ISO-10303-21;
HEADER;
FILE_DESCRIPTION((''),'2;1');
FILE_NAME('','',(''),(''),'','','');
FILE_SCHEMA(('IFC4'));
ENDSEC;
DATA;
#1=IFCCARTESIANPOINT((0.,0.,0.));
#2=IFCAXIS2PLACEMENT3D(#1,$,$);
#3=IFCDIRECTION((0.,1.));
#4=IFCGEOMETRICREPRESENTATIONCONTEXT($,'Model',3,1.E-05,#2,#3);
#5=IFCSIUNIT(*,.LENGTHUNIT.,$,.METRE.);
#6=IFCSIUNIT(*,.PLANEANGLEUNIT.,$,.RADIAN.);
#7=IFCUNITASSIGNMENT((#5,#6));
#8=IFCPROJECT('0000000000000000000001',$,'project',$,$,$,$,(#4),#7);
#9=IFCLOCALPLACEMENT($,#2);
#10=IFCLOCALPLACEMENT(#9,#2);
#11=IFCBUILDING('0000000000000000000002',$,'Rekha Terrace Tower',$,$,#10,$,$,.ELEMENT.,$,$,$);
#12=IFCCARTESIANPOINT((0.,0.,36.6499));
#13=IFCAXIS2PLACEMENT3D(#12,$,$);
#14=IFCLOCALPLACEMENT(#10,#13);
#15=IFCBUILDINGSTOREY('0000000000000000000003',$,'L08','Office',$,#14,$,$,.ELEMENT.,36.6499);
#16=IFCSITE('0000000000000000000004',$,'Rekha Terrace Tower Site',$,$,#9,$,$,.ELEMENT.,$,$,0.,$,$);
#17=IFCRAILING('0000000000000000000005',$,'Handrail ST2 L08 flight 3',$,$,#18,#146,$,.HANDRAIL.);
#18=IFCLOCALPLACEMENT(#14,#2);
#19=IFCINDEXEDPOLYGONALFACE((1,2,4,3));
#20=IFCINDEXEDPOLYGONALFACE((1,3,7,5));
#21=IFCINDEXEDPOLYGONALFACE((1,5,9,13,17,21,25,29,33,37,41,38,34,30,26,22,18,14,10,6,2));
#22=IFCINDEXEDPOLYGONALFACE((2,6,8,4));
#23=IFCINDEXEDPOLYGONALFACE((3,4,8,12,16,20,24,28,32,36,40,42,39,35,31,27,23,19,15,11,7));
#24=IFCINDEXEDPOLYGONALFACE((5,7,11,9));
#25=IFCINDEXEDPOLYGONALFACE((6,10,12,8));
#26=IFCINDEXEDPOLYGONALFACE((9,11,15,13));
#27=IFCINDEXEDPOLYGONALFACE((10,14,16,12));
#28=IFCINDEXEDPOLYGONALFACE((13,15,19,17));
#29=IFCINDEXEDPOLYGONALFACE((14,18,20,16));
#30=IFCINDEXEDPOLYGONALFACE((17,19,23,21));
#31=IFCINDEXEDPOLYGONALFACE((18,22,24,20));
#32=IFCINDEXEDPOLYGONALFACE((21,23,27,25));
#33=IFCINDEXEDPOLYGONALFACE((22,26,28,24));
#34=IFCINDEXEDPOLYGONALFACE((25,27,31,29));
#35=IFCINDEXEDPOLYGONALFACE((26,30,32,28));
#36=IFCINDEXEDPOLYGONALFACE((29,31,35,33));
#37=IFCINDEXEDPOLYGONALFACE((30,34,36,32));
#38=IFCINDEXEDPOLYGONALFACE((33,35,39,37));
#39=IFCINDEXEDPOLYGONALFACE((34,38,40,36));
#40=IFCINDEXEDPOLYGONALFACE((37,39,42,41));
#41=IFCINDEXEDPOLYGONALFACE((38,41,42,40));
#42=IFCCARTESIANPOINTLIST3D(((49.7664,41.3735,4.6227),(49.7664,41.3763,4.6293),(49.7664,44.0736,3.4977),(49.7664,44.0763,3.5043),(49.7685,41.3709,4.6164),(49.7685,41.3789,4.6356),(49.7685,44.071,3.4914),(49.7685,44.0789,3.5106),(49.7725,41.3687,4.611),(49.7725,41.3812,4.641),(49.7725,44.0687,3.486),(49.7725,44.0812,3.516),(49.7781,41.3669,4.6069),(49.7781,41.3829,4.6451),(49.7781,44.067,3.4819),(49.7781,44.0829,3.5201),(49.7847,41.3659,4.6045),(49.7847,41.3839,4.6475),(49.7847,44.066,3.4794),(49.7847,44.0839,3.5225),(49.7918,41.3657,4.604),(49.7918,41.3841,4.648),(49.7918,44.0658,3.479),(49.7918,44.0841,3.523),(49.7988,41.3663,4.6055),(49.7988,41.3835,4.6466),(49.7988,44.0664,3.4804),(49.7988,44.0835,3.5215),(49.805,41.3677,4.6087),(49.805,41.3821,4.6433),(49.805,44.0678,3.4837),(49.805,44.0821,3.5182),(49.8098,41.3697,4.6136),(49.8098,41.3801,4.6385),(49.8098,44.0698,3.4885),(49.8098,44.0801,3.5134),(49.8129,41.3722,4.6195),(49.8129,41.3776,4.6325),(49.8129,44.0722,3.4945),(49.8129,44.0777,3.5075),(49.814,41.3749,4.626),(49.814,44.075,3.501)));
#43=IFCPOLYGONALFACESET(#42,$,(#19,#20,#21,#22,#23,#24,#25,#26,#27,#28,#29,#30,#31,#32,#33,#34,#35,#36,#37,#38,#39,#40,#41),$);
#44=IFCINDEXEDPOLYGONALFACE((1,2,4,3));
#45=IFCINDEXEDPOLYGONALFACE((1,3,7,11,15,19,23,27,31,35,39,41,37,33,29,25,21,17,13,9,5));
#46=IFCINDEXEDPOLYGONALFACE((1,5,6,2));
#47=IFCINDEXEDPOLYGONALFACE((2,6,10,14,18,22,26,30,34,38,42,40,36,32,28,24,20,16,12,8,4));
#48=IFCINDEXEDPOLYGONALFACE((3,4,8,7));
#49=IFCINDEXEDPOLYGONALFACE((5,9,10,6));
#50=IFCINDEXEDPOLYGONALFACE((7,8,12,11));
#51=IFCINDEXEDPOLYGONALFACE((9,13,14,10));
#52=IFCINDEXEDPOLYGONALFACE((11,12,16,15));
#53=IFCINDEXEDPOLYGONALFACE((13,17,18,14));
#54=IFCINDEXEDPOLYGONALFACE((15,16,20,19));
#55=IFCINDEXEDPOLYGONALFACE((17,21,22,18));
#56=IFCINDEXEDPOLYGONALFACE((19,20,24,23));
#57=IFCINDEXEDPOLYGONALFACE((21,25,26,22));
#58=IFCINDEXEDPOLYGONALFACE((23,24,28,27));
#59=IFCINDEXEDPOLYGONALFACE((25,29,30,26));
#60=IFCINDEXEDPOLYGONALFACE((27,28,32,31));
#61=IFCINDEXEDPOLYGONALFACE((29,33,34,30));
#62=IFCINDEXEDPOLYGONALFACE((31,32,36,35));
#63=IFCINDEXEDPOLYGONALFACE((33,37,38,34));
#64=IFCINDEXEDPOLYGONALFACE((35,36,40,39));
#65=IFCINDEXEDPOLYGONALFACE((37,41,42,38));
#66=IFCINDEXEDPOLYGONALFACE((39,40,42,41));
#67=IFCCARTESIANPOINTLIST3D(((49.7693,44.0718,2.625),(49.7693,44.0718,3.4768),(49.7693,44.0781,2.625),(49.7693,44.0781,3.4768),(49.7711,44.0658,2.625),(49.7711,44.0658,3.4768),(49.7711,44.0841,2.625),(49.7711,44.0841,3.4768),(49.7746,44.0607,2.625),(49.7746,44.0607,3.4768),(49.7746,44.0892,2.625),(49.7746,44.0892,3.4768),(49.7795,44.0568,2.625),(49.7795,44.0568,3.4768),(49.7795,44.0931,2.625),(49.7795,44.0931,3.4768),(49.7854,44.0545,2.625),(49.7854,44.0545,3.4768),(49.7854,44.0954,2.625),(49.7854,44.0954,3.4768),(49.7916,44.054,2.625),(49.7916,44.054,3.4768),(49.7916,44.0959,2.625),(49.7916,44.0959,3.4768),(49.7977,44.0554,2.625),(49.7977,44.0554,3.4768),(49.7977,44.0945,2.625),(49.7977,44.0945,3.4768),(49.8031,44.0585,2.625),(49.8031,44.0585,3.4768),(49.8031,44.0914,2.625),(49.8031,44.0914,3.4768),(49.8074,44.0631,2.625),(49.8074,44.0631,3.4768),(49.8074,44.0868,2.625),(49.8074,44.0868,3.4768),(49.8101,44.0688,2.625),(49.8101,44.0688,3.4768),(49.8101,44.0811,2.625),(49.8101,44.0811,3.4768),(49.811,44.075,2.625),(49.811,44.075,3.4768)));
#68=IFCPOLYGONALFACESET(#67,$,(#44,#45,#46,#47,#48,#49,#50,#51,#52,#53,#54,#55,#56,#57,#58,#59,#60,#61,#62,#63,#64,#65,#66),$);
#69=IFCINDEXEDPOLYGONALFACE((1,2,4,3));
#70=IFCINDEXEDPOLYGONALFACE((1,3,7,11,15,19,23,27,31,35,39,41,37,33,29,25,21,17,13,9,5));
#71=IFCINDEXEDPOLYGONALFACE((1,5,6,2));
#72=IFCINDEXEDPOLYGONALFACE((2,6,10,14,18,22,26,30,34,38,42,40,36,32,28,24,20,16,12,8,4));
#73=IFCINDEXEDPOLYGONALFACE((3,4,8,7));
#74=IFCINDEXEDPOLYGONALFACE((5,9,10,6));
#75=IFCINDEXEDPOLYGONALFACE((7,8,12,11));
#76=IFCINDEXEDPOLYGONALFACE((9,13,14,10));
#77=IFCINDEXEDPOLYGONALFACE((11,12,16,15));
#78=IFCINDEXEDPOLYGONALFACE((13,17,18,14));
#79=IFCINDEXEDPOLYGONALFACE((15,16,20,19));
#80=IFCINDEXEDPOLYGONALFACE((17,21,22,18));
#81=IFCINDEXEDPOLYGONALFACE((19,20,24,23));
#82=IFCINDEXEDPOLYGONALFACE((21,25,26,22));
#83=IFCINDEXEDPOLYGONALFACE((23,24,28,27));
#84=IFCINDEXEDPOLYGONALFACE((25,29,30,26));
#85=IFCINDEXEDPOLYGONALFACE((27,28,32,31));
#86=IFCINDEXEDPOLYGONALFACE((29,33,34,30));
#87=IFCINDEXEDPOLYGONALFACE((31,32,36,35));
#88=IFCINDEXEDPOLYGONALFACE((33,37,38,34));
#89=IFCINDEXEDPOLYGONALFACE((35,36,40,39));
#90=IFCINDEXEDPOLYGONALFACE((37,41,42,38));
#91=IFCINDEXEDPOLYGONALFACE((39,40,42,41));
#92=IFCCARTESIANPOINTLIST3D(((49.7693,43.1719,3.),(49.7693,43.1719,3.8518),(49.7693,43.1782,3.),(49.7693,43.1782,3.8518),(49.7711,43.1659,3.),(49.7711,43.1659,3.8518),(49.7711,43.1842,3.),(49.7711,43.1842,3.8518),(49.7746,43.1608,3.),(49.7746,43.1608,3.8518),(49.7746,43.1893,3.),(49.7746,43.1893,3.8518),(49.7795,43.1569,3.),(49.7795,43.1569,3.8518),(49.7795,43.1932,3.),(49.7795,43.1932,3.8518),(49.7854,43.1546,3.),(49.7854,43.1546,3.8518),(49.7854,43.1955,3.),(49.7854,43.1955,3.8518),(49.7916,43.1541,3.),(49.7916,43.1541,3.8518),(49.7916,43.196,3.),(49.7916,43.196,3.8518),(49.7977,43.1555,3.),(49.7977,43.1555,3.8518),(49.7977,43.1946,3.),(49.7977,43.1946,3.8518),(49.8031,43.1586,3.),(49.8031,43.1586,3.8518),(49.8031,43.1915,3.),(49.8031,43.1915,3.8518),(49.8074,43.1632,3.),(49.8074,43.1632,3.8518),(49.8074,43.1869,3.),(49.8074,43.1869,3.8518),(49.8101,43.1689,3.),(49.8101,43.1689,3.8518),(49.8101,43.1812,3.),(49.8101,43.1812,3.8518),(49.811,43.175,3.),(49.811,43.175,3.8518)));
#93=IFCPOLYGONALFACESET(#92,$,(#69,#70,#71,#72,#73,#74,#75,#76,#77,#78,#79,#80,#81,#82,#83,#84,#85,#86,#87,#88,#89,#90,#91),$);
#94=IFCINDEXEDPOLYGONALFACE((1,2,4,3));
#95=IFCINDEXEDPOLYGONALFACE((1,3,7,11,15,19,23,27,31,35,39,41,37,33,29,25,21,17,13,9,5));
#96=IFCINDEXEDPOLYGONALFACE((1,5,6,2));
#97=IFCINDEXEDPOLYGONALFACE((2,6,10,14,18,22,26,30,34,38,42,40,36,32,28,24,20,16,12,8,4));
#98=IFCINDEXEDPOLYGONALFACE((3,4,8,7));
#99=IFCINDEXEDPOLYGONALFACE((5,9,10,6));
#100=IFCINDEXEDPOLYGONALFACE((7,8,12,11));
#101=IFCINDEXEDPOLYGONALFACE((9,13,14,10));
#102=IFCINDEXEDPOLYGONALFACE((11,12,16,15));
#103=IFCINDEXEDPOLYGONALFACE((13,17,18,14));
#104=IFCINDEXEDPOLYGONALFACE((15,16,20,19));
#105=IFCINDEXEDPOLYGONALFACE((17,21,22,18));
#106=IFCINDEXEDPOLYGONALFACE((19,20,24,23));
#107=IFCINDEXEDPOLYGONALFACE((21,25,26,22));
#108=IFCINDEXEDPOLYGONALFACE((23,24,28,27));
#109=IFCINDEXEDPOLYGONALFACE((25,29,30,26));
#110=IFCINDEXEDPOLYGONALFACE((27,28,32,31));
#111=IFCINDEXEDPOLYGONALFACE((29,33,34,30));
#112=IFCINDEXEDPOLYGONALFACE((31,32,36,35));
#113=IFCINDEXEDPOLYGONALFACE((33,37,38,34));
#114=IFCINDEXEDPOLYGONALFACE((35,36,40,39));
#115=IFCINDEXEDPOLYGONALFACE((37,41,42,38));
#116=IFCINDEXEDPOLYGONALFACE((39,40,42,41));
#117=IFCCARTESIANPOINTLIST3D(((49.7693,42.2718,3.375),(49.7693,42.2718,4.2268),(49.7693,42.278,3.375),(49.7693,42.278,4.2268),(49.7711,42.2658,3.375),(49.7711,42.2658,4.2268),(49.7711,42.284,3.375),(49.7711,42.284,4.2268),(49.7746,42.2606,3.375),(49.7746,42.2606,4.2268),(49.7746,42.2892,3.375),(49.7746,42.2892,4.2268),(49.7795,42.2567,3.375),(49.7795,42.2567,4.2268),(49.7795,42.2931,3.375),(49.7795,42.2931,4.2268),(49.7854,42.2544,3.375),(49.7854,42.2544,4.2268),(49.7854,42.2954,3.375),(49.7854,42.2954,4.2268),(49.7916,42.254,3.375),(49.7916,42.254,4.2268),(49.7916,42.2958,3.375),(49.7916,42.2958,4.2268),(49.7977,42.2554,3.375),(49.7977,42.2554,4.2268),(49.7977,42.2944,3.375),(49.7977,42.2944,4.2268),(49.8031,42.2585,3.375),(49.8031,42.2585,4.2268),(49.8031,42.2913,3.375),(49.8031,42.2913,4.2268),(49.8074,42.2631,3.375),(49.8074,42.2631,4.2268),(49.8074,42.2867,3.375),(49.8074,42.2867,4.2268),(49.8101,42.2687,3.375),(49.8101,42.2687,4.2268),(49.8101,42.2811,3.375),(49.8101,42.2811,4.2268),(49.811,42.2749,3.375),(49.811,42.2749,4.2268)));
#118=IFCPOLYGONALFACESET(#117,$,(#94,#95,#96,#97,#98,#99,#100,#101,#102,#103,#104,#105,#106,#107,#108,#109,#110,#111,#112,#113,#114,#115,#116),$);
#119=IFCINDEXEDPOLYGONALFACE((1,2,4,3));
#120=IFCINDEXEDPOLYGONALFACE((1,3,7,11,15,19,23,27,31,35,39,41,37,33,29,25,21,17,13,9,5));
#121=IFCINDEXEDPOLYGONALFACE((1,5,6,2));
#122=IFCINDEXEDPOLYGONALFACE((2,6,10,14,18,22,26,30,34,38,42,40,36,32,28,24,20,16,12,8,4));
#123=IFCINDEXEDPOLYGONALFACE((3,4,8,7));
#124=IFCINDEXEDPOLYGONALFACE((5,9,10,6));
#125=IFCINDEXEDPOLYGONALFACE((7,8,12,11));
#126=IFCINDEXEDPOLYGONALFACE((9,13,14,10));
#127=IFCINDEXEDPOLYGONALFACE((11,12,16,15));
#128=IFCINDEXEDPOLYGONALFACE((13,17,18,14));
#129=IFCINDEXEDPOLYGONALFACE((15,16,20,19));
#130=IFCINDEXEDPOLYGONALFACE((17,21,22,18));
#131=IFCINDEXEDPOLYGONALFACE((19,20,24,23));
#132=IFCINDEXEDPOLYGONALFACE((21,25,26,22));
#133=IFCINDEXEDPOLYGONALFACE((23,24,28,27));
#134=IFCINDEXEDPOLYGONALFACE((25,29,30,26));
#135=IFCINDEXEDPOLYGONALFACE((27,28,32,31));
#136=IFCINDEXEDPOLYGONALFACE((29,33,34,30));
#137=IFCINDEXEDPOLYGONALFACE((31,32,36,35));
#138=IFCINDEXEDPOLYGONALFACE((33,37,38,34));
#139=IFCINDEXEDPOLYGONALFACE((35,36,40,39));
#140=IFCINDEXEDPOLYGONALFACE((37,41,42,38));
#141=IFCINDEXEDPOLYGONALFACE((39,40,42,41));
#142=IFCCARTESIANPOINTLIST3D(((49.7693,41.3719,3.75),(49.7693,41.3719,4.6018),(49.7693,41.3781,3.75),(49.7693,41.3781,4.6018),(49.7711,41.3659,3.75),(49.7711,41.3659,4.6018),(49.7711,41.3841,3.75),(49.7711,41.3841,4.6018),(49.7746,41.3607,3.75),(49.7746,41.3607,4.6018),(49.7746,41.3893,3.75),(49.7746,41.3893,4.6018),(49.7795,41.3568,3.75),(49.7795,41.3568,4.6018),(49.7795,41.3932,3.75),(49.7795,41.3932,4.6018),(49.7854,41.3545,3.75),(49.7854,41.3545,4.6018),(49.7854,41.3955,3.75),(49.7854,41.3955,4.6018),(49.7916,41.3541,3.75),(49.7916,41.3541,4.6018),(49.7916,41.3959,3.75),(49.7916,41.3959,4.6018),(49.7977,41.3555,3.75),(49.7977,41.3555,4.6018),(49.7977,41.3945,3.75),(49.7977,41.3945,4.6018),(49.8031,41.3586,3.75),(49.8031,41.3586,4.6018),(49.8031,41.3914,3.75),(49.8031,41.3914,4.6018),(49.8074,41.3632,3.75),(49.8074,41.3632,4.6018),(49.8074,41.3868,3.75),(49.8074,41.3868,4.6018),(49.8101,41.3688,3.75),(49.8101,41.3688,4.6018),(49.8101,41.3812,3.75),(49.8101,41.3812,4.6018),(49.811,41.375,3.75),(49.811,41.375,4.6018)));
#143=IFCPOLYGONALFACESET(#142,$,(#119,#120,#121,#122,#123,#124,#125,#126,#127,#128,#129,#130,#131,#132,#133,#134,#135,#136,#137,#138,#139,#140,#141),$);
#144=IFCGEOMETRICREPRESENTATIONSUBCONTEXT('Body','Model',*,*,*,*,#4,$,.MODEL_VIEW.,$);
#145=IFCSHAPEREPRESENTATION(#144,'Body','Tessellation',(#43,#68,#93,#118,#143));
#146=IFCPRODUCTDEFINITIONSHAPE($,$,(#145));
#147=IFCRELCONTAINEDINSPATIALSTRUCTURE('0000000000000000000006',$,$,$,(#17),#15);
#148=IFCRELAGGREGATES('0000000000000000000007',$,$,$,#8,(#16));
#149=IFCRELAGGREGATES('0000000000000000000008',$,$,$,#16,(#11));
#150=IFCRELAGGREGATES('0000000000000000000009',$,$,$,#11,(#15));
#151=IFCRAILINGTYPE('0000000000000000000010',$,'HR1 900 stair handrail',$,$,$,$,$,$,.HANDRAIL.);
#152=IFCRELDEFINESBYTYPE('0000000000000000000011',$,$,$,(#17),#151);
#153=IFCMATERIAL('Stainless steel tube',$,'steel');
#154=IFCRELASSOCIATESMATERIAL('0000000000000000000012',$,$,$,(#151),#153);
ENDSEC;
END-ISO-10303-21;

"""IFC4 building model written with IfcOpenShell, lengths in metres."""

from ifc_helpers import new_model, si_unit, direction, frame, origin, origin_2d, place, context, subcontext, project, spatial, circle, extrude, material, type_object, element, save


model = new_model("IFC4")

# Units and contexts
model_context = context("Model", 3, precision=1e-05, world=origin(), true_north=direction((0.0, 1.0)))
body_context = subcontext(model_context, "Body", "Model", "MODEL_VIEW")
ifc_project = project(units=[si_unit("LENGTHUNIT", "METRE"), si_unit("PLANEANGLEUNIT", "RADIAN")], contexts=[model_context])

# Site, building, storey
site_placement = place(None, origin())
site = spatial("IfcSite", under=ifc_project, at=site_placement, Name="Rekha Terrace Tower Site", CompositionType="ELEMENT", RefElevation=0.0)
building_placement = place(site_placement, origin())
building = spatial("IfcBuilding", under=site, at=building_placement, Name="Rekha Terrace Tower", CompositionType="ELEMENT")
storey_placement = place(building_placement, frame((0.0, 0.0, 36.6499)))
storey = spatial("IfcBuildingStorey", under=building, at=storey_placement, Name="L08", Description="Office", CompositionType="ELEMENT", Elevation=36.6499)

# Railing
ifc_material_1 = material(Name="Stainless steel tube", Category="steel")
railing_type_1 = type_object("IfcRailingType", Name="HR1 900 stair handrail", PredefinedType="HANDRAIL", material=ifc_material_1)
railing_1_placement = place(storey_placement, frame((49.79, 44.075, 2.625)))
element("IfcRailing", 1, at=railing_1_placement, inside=storey, type_object=railing_type_1, Name="Handrail ST2 L08 flight 3", PredefinedType="HANDRAIL", context=body_context, shape_type="SweptSolid", body=[
    extrude(circle(Radius=0.0239, at=origin_2d()), frame((0.0, 0.0, 0.876), z_axis=(0.0, -0.923074, 0.384621), x_axis=(1.0, 0.0, 0.0)), (0.0, 0.0, 1.0), 2.925),
    extrude(circle(Radius=0.021, at=origin_2d()), origin(), (0.0, 0.0, 1.0), 0.8518),
    extrude(circle(Radius=0.021, at=origin_2d()), frame((0.0, -0.8999, 0.375)), (0.0, 0.0, 1.0), 0.8518),
    extrude(circle(Radius=0.021, at=origin_2d()), frame((0.0, -1.8, 0.75)), (0.0, 0.0, 1.0), 0.8518),
    extrude(circle(Radius=0.021, at=origin_2d()), frame((0.0, -2.7, 1.125)), (0.0, 0.0, 1.0), 0.8518),
])

save(model, "model.ifc")
